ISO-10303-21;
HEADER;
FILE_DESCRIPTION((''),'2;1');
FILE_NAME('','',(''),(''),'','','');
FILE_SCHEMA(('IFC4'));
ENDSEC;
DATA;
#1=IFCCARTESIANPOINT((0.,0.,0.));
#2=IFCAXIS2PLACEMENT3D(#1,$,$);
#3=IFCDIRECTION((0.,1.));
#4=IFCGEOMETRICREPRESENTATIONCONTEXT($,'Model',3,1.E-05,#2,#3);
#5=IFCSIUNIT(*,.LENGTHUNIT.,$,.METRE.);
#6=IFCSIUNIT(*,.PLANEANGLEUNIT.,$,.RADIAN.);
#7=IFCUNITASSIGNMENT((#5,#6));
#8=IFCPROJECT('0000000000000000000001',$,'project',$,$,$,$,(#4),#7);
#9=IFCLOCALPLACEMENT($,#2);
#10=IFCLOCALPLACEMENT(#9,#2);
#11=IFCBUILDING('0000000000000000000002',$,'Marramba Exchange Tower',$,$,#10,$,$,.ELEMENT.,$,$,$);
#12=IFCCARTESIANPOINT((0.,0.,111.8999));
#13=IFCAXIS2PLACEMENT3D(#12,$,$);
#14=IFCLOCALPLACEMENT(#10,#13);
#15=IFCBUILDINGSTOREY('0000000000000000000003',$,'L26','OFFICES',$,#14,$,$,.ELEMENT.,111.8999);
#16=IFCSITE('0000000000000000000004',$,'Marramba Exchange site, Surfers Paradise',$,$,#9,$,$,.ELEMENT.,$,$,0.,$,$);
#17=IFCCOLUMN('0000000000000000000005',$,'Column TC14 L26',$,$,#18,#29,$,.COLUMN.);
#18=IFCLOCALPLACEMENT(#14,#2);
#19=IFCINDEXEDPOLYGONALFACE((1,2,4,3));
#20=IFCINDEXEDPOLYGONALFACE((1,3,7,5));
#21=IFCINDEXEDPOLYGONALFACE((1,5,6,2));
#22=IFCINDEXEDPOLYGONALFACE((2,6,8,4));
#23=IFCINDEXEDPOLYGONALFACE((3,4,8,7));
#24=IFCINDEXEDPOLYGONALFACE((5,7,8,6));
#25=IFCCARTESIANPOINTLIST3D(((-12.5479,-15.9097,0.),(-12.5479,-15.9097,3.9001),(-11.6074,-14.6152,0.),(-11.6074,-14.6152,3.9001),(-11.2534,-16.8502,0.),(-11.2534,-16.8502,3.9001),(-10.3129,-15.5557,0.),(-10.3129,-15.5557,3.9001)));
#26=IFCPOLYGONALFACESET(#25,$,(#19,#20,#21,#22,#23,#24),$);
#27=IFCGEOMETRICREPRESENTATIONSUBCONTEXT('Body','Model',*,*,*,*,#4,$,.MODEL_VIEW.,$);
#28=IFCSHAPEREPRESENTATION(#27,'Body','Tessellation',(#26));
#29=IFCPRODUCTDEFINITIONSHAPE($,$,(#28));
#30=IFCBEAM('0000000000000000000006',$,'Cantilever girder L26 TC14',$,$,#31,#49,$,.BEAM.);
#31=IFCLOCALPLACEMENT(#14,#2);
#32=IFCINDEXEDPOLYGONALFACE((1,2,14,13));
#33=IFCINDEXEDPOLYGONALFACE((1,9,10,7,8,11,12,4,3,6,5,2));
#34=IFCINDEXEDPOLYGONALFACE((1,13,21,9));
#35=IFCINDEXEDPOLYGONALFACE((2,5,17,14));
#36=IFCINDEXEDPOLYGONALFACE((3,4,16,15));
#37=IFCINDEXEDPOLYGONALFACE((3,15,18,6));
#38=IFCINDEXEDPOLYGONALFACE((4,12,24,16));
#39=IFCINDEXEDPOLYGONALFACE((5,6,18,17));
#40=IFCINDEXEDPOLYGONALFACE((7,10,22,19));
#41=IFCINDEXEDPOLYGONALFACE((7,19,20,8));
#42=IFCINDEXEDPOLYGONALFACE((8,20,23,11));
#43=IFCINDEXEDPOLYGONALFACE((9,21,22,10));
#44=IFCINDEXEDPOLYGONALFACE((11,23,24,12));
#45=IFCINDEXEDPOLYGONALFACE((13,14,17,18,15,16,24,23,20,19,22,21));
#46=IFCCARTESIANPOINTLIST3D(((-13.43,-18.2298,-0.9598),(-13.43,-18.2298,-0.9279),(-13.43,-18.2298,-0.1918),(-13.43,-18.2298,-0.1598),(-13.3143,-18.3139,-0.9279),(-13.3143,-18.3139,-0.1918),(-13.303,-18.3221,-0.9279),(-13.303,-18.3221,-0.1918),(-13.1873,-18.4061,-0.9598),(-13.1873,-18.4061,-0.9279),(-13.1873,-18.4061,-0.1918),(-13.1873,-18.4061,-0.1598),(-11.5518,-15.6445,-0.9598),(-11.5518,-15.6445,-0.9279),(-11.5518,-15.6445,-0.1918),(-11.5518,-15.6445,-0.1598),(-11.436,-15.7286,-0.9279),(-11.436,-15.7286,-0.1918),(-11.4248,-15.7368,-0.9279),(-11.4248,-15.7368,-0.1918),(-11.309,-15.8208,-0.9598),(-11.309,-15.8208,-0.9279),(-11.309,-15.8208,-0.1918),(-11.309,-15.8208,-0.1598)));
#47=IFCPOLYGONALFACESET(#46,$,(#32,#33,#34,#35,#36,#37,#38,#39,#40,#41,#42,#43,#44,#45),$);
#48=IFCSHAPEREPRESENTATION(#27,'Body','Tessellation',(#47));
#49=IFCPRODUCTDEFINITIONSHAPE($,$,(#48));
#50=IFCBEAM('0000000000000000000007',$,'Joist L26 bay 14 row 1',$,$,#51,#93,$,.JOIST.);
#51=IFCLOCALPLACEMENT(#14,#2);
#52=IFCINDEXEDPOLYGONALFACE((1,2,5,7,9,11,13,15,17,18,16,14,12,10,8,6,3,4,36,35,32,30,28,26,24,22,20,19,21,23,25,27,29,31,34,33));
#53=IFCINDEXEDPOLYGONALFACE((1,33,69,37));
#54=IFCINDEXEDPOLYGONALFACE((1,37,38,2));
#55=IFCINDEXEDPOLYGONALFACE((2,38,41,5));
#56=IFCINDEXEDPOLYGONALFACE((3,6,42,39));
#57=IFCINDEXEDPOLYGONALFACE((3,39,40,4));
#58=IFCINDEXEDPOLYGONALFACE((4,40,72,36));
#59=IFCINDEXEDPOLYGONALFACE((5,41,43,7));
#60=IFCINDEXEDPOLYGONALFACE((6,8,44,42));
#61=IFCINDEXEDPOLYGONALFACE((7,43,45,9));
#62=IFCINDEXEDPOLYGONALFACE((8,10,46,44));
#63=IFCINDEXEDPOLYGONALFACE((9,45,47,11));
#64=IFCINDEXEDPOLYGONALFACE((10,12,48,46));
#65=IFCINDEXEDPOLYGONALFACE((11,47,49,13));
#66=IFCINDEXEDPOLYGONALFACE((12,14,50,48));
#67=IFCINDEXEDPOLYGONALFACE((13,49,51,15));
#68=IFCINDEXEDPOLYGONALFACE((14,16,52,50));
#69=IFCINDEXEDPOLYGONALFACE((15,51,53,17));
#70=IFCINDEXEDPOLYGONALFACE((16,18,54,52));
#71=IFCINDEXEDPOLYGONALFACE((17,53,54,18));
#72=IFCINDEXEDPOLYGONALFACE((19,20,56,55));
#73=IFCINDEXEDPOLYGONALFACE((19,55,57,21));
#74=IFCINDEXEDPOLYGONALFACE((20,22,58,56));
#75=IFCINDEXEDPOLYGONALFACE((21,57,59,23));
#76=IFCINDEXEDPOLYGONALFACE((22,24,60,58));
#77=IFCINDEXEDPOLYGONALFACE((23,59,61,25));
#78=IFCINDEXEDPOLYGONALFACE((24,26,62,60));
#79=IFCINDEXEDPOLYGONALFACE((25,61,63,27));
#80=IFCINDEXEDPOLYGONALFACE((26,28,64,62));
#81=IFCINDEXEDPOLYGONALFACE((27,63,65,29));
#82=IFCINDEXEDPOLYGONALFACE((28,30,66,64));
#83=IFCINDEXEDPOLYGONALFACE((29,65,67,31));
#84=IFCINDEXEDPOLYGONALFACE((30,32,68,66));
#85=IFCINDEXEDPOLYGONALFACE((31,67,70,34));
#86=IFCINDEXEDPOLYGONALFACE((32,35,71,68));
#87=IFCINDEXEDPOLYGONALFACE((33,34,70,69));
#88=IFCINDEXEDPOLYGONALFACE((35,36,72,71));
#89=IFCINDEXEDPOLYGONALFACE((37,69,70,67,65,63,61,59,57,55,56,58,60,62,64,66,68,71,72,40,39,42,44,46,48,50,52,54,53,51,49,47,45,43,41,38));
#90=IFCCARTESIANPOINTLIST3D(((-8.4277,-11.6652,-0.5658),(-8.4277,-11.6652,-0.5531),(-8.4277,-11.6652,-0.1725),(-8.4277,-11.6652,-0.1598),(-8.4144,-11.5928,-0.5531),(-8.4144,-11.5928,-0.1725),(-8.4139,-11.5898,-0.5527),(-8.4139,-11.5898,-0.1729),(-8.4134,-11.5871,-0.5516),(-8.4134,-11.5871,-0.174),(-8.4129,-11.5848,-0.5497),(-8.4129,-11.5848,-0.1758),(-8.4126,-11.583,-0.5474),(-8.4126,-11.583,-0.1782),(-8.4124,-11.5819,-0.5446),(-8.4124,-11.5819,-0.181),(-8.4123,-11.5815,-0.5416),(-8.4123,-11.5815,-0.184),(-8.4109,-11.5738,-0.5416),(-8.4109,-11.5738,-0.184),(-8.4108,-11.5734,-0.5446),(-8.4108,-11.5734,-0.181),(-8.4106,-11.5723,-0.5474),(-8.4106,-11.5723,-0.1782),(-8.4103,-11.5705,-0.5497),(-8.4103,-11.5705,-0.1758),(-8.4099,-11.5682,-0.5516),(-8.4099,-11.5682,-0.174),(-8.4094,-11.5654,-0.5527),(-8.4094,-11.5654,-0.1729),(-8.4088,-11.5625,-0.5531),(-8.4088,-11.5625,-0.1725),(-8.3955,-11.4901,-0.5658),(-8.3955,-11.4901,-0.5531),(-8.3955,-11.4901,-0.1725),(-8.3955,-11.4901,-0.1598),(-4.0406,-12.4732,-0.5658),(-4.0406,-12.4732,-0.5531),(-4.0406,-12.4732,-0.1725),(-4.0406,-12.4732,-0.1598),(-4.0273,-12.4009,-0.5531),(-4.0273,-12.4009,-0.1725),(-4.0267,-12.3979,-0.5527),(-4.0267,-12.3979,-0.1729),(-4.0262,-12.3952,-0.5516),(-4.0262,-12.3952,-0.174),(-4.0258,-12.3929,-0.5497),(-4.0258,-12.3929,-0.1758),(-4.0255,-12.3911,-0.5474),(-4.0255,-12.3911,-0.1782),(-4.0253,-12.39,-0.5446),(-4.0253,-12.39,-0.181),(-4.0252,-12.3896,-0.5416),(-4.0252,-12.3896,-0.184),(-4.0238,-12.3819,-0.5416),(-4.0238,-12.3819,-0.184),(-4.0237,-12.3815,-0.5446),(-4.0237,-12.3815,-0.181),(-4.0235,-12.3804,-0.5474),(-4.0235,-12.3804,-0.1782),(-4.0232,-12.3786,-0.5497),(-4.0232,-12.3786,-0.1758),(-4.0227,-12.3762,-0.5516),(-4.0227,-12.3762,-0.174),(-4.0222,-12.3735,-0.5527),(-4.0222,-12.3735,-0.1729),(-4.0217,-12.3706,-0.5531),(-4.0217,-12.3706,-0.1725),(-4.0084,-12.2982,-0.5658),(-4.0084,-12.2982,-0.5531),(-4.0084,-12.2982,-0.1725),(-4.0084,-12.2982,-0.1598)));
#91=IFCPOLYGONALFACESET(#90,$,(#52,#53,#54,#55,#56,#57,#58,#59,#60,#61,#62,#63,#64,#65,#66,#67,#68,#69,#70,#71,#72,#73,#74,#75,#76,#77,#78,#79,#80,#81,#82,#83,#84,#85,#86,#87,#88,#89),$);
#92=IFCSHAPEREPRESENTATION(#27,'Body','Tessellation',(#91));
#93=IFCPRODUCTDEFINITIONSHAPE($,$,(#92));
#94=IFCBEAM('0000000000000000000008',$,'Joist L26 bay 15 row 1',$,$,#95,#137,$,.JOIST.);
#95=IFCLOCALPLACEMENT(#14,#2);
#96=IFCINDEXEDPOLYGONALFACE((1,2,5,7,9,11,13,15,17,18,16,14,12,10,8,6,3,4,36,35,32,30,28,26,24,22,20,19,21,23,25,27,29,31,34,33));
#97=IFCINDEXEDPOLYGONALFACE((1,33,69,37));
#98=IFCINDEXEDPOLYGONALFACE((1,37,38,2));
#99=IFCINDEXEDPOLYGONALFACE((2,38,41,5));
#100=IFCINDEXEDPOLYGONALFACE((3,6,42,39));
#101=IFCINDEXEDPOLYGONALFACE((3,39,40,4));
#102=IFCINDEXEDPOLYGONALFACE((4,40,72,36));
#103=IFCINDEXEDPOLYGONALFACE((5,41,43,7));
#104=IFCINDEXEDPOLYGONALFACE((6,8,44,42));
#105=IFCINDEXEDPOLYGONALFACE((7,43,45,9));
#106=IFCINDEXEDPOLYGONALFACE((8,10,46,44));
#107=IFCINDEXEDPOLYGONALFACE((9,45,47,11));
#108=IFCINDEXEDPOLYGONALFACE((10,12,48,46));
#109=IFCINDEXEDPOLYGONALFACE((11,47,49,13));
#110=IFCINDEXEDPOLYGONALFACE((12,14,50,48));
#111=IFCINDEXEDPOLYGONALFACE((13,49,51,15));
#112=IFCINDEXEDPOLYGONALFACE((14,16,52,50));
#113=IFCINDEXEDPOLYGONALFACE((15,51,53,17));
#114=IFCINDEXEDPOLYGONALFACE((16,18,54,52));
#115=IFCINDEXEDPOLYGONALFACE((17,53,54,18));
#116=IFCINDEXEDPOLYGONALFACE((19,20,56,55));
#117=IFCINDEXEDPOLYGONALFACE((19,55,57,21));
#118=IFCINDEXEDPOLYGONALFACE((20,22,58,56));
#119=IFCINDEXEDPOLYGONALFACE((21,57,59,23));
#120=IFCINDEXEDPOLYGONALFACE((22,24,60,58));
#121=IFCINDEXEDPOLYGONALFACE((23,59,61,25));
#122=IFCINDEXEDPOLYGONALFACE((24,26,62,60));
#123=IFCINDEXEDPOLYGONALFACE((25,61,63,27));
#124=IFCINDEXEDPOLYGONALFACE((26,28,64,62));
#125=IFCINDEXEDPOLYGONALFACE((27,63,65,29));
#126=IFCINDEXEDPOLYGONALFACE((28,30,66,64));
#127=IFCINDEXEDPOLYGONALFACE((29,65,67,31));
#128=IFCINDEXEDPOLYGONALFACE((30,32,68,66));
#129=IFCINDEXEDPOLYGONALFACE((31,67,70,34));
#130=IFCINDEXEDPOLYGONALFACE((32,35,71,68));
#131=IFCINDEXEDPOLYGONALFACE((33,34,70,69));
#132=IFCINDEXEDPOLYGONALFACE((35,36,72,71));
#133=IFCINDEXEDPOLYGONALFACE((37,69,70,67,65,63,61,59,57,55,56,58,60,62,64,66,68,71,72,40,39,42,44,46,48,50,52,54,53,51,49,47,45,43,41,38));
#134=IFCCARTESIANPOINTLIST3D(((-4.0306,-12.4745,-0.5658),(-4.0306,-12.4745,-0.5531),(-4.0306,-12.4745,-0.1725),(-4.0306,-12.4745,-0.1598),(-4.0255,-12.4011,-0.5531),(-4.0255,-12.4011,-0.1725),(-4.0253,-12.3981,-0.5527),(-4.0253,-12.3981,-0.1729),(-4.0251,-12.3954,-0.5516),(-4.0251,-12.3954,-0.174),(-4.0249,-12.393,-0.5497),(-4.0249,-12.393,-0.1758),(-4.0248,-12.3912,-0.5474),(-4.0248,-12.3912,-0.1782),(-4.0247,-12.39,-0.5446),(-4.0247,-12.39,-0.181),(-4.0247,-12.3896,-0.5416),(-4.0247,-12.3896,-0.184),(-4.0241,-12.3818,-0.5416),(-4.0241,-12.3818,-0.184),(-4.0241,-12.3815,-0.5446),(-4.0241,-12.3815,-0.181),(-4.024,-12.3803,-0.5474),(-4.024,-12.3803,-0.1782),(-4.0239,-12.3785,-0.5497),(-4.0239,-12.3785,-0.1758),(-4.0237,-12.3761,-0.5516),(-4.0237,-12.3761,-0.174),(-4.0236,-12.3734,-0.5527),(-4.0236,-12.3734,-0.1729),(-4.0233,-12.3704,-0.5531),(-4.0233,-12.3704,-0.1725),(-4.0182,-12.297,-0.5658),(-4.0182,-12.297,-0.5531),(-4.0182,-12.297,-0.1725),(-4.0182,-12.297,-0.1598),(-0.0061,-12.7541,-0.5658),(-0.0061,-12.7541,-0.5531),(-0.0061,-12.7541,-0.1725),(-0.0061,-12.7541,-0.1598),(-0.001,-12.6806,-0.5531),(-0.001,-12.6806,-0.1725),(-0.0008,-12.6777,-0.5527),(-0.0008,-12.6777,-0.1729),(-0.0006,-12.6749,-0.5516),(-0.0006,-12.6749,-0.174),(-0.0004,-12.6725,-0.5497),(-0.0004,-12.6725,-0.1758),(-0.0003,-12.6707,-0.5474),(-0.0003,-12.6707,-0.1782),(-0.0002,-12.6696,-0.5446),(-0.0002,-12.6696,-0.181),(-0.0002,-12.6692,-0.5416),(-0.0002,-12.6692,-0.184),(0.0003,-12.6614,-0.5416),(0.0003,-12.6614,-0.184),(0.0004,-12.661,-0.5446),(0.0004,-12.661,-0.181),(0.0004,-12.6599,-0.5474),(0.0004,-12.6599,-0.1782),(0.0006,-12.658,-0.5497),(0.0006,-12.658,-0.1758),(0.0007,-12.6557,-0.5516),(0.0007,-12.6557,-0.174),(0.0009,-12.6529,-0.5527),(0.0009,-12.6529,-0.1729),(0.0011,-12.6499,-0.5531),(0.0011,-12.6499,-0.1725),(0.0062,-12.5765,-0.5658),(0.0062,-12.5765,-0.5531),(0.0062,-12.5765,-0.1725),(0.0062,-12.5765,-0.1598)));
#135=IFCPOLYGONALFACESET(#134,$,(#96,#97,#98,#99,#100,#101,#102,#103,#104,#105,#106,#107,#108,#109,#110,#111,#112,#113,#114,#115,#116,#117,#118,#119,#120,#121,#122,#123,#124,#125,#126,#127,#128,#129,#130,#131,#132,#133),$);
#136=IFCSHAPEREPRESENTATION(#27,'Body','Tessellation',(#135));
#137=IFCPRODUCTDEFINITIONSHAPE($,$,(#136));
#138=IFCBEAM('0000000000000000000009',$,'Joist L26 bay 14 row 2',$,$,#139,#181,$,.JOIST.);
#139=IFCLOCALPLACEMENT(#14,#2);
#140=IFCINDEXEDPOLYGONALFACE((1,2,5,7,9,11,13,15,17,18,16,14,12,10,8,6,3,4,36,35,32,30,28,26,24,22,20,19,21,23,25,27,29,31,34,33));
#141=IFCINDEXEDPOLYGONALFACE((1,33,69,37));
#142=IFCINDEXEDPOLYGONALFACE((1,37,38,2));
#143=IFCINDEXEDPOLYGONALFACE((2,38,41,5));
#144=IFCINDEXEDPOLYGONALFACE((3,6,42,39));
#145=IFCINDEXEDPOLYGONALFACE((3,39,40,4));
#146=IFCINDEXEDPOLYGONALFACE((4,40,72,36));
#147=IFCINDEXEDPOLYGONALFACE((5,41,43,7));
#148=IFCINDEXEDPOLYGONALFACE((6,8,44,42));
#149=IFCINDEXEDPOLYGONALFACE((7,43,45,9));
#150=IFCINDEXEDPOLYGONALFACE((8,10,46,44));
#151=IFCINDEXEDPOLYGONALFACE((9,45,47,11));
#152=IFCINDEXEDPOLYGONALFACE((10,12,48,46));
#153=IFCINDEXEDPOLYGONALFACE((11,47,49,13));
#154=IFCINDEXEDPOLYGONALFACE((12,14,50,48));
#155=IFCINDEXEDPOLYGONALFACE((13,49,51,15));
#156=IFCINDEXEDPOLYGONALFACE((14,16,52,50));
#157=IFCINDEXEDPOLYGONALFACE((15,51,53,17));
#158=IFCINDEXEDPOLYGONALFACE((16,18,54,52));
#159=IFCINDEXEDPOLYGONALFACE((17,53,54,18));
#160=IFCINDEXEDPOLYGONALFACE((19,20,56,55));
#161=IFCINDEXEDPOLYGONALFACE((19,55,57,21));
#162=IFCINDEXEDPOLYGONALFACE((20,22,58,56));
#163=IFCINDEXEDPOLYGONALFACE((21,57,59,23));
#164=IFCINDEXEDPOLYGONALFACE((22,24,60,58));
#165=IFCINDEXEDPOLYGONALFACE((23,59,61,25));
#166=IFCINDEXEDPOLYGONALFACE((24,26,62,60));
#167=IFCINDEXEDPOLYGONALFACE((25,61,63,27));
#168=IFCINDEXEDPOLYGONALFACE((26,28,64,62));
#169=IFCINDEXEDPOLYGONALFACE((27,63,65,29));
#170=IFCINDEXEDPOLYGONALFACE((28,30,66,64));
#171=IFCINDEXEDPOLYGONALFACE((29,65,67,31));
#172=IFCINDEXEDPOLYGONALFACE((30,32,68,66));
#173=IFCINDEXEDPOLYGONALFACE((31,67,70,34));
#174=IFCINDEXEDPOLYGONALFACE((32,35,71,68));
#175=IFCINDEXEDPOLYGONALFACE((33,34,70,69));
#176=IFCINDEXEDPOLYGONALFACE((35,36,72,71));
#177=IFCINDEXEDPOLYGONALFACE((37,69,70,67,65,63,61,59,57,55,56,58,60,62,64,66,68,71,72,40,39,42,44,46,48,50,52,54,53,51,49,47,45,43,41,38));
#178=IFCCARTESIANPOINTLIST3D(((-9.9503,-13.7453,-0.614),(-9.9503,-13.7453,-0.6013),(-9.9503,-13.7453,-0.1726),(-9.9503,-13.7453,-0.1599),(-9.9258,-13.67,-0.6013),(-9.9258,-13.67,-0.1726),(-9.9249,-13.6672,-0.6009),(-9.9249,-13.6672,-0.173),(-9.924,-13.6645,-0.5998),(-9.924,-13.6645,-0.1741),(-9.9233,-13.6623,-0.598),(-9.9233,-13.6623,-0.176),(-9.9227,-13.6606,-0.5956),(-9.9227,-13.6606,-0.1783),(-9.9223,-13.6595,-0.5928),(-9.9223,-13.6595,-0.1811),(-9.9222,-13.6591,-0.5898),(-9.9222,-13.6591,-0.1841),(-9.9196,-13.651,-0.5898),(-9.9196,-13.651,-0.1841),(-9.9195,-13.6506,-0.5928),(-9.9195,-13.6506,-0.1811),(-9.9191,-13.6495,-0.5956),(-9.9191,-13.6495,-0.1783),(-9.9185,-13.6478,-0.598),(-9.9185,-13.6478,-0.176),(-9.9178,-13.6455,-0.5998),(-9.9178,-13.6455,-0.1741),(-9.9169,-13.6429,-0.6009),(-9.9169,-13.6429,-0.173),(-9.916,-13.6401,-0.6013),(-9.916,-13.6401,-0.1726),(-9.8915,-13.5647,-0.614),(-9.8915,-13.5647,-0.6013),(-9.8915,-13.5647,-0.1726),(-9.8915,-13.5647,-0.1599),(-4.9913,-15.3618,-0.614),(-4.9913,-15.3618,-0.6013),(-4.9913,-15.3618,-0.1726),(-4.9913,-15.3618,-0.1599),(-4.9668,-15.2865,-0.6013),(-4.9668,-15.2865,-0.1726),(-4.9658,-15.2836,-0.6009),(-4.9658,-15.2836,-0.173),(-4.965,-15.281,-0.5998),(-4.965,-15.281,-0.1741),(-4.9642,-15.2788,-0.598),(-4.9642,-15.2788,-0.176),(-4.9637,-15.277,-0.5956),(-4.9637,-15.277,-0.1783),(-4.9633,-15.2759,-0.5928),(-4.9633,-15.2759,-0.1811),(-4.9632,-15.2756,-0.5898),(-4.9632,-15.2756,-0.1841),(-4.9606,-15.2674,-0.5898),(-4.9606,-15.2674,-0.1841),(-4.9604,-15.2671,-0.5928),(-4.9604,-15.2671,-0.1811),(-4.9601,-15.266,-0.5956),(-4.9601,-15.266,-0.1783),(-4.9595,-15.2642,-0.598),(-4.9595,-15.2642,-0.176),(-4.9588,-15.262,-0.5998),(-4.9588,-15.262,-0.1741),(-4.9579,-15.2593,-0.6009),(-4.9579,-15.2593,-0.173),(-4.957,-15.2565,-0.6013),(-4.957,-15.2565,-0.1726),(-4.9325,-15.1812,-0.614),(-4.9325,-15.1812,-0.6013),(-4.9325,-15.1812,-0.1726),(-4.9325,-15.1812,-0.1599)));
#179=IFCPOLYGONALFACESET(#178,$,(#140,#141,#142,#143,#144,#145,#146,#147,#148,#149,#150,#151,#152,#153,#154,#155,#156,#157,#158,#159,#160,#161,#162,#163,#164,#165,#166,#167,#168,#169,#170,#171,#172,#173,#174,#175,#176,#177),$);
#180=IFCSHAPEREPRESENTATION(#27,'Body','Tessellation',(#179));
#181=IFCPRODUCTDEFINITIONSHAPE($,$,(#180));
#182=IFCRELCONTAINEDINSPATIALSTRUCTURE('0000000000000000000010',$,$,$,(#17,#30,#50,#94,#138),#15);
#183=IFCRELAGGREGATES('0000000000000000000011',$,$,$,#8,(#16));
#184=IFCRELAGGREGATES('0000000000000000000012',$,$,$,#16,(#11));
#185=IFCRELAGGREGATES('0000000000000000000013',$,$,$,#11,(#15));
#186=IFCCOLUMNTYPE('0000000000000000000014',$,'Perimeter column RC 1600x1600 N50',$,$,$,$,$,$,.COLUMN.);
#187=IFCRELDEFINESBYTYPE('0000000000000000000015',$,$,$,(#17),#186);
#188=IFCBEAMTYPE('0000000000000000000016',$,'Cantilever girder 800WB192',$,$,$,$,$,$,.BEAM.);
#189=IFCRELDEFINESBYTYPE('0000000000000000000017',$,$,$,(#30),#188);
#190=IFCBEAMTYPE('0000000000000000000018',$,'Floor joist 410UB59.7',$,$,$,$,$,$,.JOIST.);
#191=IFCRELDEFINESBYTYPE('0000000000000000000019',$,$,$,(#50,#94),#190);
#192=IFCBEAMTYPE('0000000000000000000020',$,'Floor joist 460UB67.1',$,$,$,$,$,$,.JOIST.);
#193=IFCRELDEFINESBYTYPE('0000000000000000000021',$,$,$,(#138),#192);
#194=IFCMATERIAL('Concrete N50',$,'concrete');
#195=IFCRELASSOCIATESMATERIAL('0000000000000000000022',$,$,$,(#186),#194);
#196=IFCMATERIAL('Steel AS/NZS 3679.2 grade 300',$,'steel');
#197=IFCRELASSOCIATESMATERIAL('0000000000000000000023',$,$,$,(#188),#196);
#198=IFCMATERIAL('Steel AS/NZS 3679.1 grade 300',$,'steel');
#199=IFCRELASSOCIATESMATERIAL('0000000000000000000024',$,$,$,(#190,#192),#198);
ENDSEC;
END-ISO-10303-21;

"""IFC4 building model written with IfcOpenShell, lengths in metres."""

from ifc_helpers import new_model, si_unit, direction, frame, origin, origin_2d, place, context, subcontext, project, spatial, rectangle, i_section, extrude, material, material_profile, profile_set, type_object, element, save


model = new_model("IFC4")

# Units and contexts
model_context = context("Model", 3, precision=1e-05, world=origin(), true_north=direction((0.0, 1.0)))
body_context = subcontext(model_context, "Body", "Model", "MODEL_VIEW")
ifc_project = project(units=[si_unit("LENGTHUNIT", "METRE"), si_unit("PLANEANGLEUNIT", "RADIAN")], contexts=[model_context])

# Site, building, storey
site_placement = place(None, origin())
site = spatial("IfcSite", under=ifc_project, at=site_placement, Name="Marramba Exchange site, Surfers Paradise", CompositionType="ELEMENT", RefElevation=0.0)
building_placement = place(site_placement, origin())
building = spatial("IfcBuilding", under=site, at=building_placement, Name="Marramba Exchange Tower", CompositionType="ELEMENT")
storey_placement = place(building_placement, frame((0.0, 0.0, 111.8999)))
storey = spatial("IfcBuildingStorey", under=building, at=storey_placement, Name="L26", Description="OFFICES", CompositionType="ELEMENT", Elevation=111.8999)

# Column
ifc_material_1 = material(Name="Concrete N50", Category="concrete")
ifc_material_profile_1 = material_profile(ifc_material_1, rectangle(XDim=1.6001, YDim=1.6001, at=origin_2d()), Name="RC 1600x1600")
ifc_profile_set_1 = profile_set([ifc_material_profile_1], Name="Concrete N50")
column_type = type_object("IfcColumnType", Name="Perimeter column RC 1600x1600 N50", PredefinedType="COLUMN", material=ifc_profile_set_1)
column_placement = place(storey_placement, frame((-11.4304, -15.7327, 0.0), z_axis=(0.0, 0.0, 1.0), x_axis=(-0.587785, -0.809017, 0.0)))
element("IfcColumn", 1, at=column_placement, inside=storey, type_object=column_type, Name="Column TC14 L26", PredefinedType="COLUMN", context=body_context, shape_type="SweptSolid", body=[
    extrude(rectangle(XDim=1.6001, YDim=1.6001, at=origin_2d()), origin(), (0.0, 0.0, 1.0), 3.9001),
])

# Beams
ifc_material_2 = material(Name="Steel AS/NZS 3679.2 grade 300", Category="steel")
ifc_material_profile_2 = material_profile(ifc_material_2, i_section(OverallWidth=0.3, OverallDepth=0.8, WebThickness=0.0139, FlangeThickness=0.032, at=origin_2d()), Name="800WB192")
ifc_profile_set_2 = profile_set([ifc_material_profile_2], Name="Steel AS/NZS 3679.2 grade 300")
beam_type_1 = type_object("IfcBeamType", Name="Cantilever girder 800WB192", PredefinedType="BEAM", material=ifc_profile_set_2)
beam_1_placement = place(storey_placement, frame((-11.4304, -15.7327, -0.5598), z_axis=(-0.587767, -0.80903, 0.0), x_axis=(0.80903, -0.587767, 0.0)))
element("IfcBeam", 2, at=beam_1_placement, inside=storey, type_object=beam_type_1, Name="Cantilever girder L26 TC14", PredefinedType="BEAM", context=body_context, shape_type="SweptSolid", body=[
    extrude(i_section(OverallWidth=0.3, OverallDepth=0.8, WebThickness=0.0139, FlangeThickness=0.032, at=origin_2d()), origin(), (0.0, 0.0, 1.0), 3.1956),
])
ifc_material_3 = material(Name="Steel AS/NZS 3679.1 grade 300", Category="steel")
ifc_material_profile_3 = material_profile(ifc_material_3, i_section(OverallWidth=0.178, OverallDepth=0.406, WebThickness=0.0078, FlangeThickness=0.0127, FilletRadius=0.0115, at=origin_2d()), Name="410UB59.7")
ifc_profile_set_3 = profile_set([ifc_material_profile_3], Name="Steel AS/NZS 3679.1 grade 300")
beam_type_2 = type_object("IfcBeamType", Name="Floor joist 410UB59.7", PredefinedType="JOIST", material=ifc_profile_set_3)
beam_2_placement = place(storey_placement, frame((-8.4116, -11.5776, -0.3628), z_axis=(0.983456, -0.181149, 0.0), x_axis=(0.181149, 0.983456, 0.0)))
element("IfcBeam", 3, at=beam_2_placement, inside=storey, type_object=beam_type_2, Name="Joist L26 bay 14 row 1", PredefinedType="JOIST", context=body_context, shape_type="SweptSolid", body=[
    extrude(i_section(OverallWidth=0.178, OverallDepth=0.406, WebThickness=0.0078, FlangeThickness=0.0127, FilletRadius=0.0115, at=origin_2d()), origin(), (0.0, 0.0, 1.0), 4.4609),
])
beam_3_placement = place(storey_placement, frame((-4.0244, -12.3857, -0.3628), z_axis=(0.997596, -0.069294, 0.0), x_axis=(0.069294, 0.997596, 0.0)))
element("IfcBeam", 4, at=beam_3_placement, inside=storey, type_object=beam_type_2, Name="Joist L26 bay 15 row 1", PredefinedType="JOIST", context=body_context, shape_type="SweptSolid", body=[
    extrude(i_section(OverallWidth=0.178, OverallDepth=0.406, WebThickness=0.0078, FlangeThickness=0.0127, FilletRadius=0.0115, at=origin_2d()), origin(), (0.0, 0.0, 1.0), 4.0342),
])
ifc_material_profile_4 = material_profile(ifc_material_3, i_section(OverallWidth=0.1899, OverallDepth=0.4541, WebThickness=0.0085, FlangeThickness=0.0127, FilletRadius=0.0115, at=origin_2d()), Name="460UB67.1")
ifc_profile_set_4 = profile_set([ifc_material_profile_4], Name="Steel AS/NZS 3679.1 grade 300")
beam_type_3 = type_object("IfcBeamType", Name="Floor joist 460UB67.1", PredefinedType="JOIST", material=ifc_profile_set_4)
beam_4_placement = place(storey_placement, frame((-9.9209, -13.655, -0.387), z_axis=(0.950764, -0.309916, 0.0), x_axis=(0.309916, 0.950764, 0.0)))
element("IfcBeam", 5, at=beam_4_placement, inside=storey, type_object=beam_type_3, Name="Joist L26 bay 14 row 2", PredefinedType="JOIST", context=body_context, shape_type="SweptSolid", body=[
    extrude(i_section(OverallWidth=0.1899, OverallDepth=0.4541, WebThickness=0.0085, FlangeThickness=0.0127, FilletRadius=0.0115, at=origin_2d()), origin(), (0.0, 0.0, 1.0), 5.2158),
])

save(model, "model.ifc")
